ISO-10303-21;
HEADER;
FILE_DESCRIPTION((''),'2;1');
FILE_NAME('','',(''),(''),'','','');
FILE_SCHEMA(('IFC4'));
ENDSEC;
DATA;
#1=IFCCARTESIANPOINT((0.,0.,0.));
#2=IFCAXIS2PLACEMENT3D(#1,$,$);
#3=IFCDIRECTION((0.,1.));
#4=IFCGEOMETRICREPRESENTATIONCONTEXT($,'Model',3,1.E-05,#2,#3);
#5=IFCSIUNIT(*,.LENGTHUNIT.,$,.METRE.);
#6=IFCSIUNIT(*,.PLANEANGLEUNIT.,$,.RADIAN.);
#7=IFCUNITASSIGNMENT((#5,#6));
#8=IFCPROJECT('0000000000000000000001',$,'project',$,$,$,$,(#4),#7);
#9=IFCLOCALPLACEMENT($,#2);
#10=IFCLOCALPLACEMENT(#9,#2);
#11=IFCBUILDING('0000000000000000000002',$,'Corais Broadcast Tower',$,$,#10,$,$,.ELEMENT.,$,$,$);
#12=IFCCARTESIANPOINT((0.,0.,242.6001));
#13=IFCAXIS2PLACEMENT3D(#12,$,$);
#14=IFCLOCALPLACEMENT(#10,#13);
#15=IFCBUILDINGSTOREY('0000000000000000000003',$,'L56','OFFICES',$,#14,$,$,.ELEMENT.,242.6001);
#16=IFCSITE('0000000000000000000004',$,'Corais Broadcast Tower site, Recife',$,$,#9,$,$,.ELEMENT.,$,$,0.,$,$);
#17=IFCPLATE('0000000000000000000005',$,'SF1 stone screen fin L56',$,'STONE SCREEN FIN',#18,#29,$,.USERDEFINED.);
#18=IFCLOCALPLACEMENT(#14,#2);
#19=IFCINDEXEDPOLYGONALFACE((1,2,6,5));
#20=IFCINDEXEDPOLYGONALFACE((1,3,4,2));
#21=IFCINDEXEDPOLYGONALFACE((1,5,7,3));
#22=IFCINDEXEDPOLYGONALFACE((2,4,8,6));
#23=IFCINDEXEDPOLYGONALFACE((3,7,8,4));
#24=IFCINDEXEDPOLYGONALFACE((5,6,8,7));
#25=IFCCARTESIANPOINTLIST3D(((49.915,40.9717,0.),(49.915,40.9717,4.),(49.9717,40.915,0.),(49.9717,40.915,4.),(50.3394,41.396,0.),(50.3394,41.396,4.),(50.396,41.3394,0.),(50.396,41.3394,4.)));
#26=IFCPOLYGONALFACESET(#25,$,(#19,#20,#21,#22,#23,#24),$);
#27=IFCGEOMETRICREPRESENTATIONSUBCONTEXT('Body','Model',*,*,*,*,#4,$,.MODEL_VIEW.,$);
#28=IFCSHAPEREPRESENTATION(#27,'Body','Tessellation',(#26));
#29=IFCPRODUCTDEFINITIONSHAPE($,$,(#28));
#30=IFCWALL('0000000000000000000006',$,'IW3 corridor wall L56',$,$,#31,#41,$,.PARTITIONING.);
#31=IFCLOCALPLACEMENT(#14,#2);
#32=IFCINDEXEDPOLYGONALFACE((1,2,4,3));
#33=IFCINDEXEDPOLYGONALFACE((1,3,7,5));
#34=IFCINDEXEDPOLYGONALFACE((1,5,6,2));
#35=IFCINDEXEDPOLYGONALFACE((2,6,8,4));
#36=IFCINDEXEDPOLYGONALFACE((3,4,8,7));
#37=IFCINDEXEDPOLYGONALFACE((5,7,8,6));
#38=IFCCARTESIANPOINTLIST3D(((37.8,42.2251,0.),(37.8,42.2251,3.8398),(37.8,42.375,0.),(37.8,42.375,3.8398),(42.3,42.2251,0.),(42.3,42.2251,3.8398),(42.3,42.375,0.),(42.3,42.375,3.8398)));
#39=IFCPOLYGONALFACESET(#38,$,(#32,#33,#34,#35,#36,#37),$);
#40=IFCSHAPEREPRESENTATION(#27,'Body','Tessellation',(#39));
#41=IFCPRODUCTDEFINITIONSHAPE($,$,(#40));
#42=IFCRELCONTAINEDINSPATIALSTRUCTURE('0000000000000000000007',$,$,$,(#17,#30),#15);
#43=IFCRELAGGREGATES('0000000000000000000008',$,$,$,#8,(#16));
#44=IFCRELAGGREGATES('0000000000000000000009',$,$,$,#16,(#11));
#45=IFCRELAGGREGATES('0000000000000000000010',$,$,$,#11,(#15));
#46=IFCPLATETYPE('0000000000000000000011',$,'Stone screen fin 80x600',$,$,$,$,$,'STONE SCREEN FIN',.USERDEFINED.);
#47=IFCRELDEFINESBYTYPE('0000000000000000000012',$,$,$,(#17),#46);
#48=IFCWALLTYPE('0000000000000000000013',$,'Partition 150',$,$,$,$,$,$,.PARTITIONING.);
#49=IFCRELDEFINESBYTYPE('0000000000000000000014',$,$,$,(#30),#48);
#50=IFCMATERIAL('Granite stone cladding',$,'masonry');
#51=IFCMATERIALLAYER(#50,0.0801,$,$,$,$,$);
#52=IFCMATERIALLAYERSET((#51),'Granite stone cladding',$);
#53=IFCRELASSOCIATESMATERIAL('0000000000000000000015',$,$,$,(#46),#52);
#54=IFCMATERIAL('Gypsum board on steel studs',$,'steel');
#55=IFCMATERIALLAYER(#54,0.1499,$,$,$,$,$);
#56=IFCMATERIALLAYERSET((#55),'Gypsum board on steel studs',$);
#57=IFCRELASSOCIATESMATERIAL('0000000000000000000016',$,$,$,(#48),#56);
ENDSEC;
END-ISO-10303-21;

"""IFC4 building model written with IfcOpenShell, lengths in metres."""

from ifc_helpers import new_model, si_unit, direction, frame, frame_2d, origin, origin_2d, place, context, subcontext, project, spatial, rectangle, extrude, material, layer, layer_set, type_object, element, save


model = new_model("IFC4")

# Units and contexts
model_context = context("Model", 3, precision=1e-05, world=origin(), true_north=direction((0.0, 1.0)))
body_context = subcontext(model_context, "Body", "Model", "MODEL_VIEW")
ifc_project = project(units=[si_unit("LENGTHUNIT", "METRE"), si_unit("PLANEANGLEUNIT", "RADIAN")], contexts=[model_context])

# Site, building, storey
site_placement = place(None, origin())
site = spatial("IfcSite", under=ifc_project, at=site_placement, Name="Corais Broadcast Tower site, Recife", CompositionType="ELEMENT", RefElevation=0.0)
building_placement = place(site_placement, origin())
building = spatial("IfcBuilding", under=site, at=building_placement, Name="Corais Broadcast Tower", CompositionType="ELEMENT")
storey_placement = place(building_placement, frame((0.0, 0.0, 242.6001)))
storey = spatial("IfcBuildingStorey", under=building, at=storey_placement, Name="L56", Description="OFFICES", CompositionType="ELEMENT", Elevation=242.6001)

# Plate
ifc_material_1 = material(Name="Granite stone cladding", Category="masonry")
ifc_layer_1 = layer(ifc_material_1, 0.0801)
ifc_layer_set_1 = layer_set([ifc_layer_1], Name="Granite stone cladding")
plate_type_1 = type_object("IfcPlateType", Name="Stone screen fin 80x600", ElementType="STONE SCREEN FIN", PredefinedType="USERDEFINED", material=ifc_layer_set_1)
for number, where, z_axis, x_axis, name in (
    (1, (50.1555, 41.1555, 0.0), (0.0, 0.0, 1.0), (0.707107, -0.707107, 0.0), "SF1 stone screen fin L56"),
):
    element("IfcPlate", number, at=place(storey_placement, frame(where, z_axis=z_axis, x_axis=x_axis)), inside=storey, type_object=plate_type_1, Name=name, ObjectType="STONE SCREEN FIN", PredefinedType="USERDEFINED", context=body_context, shape_type="SweptSolid", body=[
        extrude(rectangle(XDim=0.0801, YDim=0.6001, at=origin_2d()), origin(), (0.0, 0.0, 1.0), 4.0),
    ])

# Wall
ifc_material_2 = material(Name="Gypsum board on steel studs", Category="steel")
ifc_layer_2 = layer(ifc_material_2, 0.1499)
ifc_layer_set_2 = layer_set([ifc_layer_2], Name="Gypsum board on steel studs")
wall_type = type_object("IfcWallType", Name="Partition 150", PredefinedType="PARTITIONING", material=ifc_layer_set_2)
wall_placement = place(storey_placement, frame((42.3, 42.3, 0.0), z_axis=(0.0, 0.0, 1.0), x_axis=(-1.0, 0.0, 0.0)))
element("IfcWall", 2, at=wall_placement, inside=storey, type_object=wall_type, Name="IW3 corridor wall L56", PredefinedType="PARTITIONING", context=body_context, shape_type="SweptSolid", body=[
    extrude(rectangle(XDim=4.5, YDim=0.1499, at=frame_2d((2.25, 0.0))), origin(), (0.0, 0.0, 1.0), 3.8398),
])

save(model, "model.ifc")
